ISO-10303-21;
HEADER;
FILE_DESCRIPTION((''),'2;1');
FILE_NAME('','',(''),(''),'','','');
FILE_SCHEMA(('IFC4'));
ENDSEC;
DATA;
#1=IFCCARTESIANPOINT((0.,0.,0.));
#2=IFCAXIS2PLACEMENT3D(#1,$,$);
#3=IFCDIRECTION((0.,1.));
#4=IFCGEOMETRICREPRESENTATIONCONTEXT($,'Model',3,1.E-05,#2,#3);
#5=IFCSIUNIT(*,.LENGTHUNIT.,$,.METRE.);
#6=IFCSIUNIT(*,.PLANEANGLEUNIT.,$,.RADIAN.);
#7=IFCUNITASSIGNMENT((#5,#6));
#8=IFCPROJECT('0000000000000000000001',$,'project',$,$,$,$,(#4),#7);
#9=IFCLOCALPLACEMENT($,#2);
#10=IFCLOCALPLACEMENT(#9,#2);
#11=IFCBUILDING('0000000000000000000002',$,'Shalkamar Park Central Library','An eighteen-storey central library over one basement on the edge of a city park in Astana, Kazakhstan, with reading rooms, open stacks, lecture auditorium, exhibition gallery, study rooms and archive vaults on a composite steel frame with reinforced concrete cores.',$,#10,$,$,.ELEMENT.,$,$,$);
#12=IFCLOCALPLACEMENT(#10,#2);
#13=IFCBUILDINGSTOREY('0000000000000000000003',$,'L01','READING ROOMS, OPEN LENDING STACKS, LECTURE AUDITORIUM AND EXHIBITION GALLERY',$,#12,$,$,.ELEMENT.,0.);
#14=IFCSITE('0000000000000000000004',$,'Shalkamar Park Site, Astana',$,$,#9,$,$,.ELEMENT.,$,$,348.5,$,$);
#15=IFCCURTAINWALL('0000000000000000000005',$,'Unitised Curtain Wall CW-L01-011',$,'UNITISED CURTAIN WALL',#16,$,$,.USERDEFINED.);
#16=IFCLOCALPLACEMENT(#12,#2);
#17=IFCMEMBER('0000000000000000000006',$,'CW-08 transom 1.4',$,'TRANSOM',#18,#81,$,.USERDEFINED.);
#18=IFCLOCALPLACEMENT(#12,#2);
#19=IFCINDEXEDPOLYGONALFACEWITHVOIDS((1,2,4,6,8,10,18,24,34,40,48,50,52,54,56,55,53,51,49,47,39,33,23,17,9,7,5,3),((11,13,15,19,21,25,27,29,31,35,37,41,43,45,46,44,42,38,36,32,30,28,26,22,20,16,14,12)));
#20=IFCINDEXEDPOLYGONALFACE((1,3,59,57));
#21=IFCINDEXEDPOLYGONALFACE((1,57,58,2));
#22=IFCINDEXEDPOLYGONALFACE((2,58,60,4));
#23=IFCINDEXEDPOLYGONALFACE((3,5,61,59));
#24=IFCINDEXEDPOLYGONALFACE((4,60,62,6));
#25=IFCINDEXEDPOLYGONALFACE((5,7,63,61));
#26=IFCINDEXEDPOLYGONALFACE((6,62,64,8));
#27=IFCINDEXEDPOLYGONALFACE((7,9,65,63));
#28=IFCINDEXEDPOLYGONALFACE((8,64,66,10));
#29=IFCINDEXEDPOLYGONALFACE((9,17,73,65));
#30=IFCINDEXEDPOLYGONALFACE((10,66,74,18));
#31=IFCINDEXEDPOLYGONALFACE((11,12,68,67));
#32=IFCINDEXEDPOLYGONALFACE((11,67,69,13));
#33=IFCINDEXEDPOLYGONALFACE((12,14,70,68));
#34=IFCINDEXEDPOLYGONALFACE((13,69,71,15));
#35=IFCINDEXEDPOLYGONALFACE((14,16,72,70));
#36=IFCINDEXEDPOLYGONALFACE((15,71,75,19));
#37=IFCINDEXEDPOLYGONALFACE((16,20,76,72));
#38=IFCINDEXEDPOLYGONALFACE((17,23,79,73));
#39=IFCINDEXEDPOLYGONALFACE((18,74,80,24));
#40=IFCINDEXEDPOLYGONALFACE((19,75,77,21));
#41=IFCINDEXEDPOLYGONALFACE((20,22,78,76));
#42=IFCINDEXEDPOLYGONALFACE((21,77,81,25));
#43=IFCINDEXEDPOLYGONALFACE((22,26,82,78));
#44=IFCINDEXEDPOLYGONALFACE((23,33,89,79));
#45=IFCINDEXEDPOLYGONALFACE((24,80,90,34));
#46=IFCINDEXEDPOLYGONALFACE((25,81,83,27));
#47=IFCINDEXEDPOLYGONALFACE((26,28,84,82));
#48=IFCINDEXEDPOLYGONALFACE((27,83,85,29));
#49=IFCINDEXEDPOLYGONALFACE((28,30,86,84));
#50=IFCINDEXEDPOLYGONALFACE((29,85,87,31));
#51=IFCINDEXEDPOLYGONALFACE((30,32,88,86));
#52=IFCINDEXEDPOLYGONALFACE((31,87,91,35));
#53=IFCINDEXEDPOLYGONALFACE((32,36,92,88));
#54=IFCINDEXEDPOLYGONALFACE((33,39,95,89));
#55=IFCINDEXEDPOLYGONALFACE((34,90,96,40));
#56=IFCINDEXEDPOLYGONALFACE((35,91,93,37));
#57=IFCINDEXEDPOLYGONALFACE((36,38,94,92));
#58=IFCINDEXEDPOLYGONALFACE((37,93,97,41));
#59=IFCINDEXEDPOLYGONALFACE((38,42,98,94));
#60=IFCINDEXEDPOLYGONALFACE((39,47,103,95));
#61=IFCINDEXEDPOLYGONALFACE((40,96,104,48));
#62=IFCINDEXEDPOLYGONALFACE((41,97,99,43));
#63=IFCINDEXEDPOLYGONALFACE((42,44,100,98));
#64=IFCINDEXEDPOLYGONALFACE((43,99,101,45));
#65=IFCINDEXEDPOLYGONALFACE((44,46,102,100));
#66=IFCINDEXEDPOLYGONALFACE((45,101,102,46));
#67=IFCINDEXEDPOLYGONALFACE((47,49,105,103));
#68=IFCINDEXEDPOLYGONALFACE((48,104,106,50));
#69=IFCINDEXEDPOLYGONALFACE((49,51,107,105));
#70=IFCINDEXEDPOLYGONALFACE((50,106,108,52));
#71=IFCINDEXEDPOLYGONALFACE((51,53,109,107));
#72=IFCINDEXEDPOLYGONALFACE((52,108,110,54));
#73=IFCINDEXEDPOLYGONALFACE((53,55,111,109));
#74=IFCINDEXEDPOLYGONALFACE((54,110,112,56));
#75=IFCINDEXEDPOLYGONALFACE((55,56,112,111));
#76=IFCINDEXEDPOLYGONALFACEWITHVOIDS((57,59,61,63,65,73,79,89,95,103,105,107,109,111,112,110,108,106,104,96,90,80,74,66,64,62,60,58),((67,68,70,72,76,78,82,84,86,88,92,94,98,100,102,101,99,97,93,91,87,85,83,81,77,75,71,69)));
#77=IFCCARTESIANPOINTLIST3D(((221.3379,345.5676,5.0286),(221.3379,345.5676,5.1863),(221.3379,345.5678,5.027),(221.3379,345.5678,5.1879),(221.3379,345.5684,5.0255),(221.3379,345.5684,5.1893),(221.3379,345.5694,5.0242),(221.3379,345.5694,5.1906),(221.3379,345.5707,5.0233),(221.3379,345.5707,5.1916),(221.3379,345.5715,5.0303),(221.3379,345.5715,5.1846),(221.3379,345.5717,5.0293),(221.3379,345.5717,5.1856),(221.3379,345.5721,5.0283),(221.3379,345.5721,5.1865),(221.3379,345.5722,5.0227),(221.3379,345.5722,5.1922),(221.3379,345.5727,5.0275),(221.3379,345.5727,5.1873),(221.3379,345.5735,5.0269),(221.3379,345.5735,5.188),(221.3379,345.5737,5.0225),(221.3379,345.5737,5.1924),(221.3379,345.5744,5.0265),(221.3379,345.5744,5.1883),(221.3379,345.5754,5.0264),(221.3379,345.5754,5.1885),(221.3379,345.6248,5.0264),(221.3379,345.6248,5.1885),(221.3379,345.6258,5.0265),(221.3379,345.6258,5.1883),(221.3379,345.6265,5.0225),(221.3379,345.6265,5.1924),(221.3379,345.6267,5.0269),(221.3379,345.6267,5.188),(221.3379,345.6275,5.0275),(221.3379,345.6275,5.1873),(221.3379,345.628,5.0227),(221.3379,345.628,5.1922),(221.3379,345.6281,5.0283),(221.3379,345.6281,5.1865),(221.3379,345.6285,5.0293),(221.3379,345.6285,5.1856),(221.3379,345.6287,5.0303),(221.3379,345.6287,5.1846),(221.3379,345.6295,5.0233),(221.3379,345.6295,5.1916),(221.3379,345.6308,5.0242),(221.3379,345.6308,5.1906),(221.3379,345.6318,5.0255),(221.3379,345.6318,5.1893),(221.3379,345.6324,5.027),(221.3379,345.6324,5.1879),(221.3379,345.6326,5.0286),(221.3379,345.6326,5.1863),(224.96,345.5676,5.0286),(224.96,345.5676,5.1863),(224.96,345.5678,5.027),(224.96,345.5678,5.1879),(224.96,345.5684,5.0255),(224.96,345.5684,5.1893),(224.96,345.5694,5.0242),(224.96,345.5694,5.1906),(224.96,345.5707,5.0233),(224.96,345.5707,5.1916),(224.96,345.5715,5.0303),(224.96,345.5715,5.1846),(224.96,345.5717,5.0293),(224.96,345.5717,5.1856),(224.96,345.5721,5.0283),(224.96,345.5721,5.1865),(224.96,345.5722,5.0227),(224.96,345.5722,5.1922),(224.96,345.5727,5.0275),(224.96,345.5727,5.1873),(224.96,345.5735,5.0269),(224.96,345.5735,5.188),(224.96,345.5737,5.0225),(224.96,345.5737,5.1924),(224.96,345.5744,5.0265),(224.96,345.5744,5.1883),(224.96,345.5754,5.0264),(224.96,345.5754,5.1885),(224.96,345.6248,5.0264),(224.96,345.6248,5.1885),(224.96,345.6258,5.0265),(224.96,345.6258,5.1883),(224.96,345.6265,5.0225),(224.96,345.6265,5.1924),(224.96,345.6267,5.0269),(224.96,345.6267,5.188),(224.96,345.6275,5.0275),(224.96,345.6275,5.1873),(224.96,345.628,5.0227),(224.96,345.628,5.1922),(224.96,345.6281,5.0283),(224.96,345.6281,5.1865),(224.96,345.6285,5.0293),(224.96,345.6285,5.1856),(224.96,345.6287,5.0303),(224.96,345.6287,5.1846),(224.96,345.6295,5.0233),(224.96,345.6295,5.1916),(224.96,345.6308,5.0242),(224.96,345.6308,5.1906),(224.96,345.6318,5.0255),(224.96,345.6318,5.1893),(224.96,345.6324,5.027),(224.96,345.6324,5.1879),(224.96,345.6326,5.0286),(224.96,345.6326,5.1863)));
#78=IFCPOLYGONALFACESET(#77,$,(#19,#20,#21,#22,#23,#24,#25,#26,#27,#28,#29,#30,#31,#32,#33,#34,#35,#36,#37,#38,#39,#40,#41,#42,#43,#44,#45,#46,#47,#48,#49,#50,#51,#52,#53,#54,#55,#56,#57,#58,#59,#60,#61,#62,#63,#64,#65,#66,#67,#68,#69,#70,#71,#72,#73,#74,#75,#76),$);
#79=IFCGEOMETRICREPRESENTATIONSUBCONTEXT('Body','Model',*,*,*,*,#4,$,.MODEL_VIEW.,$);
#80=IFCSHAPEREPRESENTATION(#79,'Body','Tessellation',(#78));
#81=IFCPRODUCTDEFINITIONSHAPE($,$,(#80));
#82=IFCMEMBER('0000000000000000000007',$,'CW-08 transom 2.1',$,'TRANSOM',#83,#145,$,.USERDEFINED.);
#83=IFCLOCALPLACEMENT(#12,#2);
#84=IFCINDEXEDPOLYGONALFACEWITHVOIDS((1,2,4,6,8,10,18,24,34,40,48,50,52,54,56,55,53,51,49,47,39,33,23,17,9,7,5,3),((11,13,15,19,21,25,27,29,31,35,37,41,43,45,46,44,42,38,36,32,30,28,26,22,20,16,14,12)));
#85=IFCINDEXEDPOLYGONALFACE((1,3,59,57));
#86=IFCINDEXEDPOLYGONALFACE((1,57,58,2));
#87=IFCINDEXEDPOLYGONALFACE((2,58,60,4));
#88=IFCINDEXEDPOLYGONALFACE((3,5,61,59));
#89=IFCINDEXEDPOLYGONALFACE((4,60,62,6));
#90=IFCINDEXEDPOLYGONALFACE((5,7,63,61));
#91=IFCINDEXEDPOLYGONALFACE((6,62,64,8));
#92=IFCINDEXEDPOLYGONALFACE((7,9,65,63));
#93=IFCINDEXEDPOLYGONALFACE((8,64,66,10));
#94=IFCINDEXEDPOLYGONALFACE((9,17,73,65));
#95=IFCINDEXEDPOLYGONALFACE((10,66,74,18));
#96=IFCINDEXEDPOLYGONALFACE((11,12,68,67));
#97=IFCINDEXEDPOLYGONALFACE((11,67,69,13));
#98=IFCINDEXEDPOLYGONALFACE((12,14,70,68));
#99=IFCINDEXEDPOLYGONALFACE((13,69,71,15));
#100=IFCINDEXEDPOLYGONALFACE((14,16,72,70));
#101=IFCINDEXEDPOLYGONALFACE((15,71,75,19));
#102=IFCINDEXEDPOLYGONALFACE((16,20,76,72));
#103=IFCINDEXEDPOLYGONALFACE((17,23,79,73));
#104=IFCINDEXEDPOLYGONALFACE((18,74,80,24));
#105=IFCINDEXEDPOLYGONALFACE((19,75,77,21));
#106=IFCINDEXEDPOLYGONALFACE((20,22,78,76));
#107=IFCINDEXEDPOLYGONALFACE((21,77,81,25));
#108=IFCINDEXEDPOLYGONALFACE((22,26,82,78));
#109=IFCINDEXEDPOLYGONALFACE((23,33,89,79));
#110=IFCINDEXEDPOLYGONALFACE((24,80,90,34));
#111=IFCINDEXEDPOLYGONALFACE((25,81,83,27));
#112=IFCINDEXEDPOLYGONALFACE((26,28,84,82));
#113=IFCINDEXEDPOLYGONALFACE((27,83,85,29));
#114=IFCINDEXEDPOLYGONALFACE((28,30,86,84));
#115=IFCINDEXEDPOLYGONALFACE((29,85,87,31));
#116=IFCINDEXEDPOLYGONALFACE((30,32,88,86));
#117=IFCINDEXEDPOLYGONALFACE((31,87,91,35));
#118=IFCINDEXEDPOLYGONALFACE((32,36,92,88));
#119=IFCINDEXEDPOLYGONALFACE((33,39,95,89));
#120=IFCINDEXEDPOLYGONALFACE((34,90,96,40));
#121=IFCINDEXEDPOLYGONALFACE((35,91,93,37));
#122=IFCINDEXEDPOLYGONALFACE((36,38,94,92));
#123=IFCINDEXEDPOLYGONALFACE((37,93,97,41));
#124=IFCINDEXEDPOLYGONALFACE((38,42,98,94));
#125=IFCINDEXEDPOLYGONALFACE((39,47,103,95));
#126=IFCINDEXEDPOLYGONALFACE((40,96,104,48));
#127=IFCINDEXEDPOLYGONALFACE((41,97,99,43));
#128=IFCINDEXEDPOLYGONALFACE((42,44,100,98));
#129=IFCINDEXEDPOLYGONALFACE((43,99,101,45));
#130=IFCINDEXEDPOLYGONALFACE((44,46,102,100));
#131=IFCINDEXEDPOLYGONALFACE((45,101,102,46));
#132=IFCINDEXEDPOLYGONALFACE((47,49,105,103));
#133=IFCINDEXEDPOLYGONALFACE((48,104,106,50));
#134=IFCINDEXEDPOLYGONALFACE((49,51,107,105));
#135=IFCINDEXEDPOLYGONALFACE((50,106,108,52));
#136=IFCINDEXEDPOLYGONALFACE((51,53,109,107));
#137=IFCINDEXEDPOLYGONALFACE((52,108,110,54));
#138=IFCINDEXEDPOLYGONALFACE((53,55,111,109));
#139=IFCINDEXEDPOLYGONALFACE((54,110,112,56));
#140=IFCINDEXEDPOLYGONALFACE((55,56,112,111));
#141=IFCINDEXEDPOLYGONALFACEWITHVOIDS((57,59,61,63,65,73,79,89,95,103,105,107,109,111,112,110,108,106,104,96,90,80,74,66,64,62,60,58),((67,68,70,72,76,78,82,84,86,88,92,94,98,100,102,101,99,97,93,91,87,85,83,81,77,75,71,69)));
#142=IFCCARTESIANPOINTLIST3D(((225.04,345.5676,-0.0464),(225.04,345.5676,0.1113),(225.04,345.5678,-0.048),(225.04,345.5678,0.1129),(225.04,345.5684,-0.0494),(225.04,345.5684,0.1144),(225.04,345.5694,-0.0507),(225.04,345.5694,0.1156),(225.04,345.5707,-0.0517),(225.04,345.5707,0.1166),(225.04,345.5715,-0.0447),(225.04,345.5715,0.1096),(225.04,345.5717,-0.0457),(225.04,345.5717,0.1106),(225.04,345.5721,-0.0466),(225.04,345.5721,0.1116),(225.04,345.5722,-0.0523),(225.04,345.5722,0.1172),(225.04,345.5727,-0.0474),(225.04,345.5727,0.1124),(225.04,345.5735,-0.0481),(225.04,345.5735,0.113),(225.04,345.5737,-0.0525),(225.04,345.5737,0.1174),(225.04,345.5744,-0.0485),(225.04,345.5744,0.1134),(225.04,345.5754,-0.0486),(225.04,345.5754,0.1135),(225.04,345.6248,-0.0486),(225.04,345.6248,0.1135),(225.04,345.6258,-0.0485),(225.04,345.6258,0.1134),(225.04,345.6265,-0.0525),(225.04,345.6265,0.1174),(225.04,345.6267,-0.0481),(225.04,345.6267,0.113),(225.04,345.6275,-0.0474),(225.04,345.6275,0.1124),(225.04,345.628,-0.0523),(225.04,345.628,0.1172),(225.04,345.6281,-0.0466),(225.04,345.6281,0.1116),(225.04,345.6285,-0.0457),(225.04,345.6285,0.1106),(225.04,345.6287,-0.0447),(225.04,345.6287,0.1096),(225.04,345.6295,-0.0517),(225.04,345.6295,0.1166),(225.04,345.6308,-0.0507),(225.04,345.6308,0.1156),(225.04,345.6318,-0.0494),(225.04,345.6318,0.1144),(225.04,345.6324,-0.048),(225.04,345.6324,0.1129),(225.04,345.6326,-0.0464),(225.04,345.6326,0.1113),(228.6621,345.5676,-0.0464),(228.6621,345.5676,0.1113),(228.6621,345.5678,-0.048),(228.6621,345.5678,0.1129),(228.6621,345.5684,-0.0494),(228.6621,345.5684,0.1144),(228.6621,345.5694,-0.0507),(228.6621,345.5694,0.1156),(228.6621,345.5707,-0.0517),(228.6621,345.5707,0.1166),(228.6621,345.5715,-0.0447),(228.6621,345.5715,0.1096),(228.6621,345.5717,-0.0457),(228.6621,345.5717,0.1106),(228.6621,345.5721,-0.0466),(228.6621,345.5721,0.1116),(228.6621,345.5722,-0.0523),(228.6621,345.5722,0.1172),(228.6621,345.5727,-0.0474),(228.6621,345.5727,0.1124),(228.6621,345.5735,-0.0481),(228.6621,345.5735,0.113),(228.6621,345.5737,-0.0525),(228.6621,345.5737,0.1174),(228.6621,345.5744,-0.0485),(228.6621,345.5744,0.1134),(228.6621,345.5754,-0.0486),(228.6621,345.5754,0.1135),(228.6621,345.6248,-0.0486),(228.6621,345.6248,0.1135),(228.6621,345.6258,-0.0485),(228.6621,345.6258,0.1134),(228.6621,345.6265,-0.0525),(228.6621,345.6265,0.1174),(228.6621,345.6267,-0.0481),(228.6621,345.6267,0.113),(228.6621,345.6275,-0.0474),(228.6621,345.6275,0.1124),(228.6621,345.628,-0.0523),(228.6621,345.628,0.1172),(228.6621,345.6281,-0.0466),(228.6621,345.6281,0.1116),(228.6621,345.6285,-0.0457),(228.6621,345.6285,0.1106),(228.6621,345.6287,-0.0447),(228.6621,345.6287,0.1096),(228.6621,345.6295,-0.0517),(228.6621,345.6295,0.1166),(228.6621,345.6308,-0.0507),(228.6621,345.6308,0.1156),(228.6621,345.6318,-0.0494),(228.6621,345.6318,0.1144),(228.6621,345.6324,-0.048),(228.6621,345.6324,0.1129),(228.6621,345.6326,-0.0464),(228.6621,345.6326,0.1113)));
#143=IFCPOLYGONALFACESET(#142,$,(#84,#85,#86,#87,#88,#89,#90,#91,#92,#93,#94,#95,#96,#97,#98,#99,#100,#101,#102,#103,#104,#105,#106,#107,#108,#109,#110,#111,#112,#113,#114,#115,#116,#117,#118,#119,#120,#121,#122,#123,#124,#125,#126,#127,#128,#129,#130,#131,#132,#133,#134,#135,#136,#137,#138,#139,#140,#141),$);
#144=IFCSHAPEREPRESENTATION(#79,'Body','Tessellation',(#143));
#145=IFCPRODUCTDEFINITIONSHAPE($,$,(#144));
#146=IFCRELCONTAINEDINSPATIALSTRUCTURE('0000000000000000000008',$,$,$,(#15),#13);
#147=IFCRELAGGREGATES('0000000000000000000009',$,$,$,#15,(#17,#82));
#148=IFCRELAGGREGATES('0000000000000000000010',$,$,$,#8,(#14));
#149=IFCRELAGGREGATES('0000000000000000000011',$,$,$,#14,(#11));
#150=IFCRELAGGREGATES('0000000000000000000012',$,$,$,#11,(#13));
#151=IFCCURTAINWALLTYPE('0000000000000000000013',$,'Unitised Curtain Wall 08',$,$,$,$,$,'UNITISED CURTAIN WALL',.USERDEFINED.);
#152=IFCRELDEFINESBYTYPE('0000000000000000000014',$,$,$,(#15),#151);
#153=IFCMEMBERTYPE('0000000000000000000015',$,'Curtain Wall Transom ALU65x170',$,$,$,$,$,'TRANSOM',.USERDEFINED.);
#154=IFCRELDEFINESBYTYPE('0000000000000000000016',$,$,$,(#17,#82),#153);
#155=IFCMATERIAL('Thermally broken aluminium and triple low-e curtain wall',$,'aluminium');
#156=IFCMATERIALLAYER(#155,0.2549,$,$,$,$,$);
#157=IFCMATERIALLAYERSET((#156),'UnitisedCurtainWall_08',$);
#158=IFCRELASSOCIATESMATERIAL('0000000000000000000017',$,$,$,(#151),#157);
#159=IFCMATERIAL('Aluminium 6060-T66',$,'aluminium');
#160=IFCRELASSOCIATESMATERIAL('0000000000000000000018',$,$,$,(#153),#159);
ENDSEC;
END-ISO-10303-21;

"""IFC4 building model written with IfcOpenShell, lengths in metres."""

from ifc_helpers import new_model, si_unit, direction, frame, origin, origin_2d, place, context, subcontext, project, spatial, hollow_rectangle, extrude, material, layer, layer_set, material_profile, profile_set, type_object, element, aggregate, save


model = new_model("IFC4")

# Units and contexts
model_context = context("Model", 3, precision=1e-05, world=origin(), true_north=direction((0.0, 1.0)))
body_context = subcontext(model_context, "Body", "Model", "MODEL_VIEW")
ifc_project = project(units=[si_unit("LENGTHUNIT", "METRE"), si_unit("PLANEANGLEUNIT", "RADIAN")], contexts=[model_context])

# Site, building, storey
site_placement = place(None, origin())
site = spatial("IfcSite", under=ifc_project, at=site_placement, Name="Shalkamar Park Site, Astana", CompositionType="ELEMENT", RefElevation=348.5)
building_placement = place(site_placement, origin())
building = spatial("IfcBuilding", under=site, at=building_placement, Name="Shalkamar Park Central Library", Description="An eighteen-storey central library over one basement on the edge of a city park in Astana, Kazakhstan, with reading rooms, open stacks, lecture auditorium, exhibition gallery, study rooms and archive vaults on a composite steel frame with reinforced concrete cores.", CompositionType="ELEMENT")
storey_placement = place(building_placement, origin())
storey = spatial("IfcBuildingStorey", under=building, at=storey_placement, Name="L01", Description="READING ROOMS, OPEN LENDING STACKS, LECTURE AUDITORIUM AND EXHIBITION GALLERY", CompositionType="ELEMENT", Elevation=0.0)

# Curtain wall, members
ifc_material_1 = material(Name="Thermally broken aluminium and triple low-e curtain wall", Category="aluminium")
ifc_layer_1 = layer(ifc_material_1, 0.2549)
ifc_layer_set_1 = layer_set([ifc_layer_1], Name="UnitisedCurtainWall_08")
curtain_wall_type = type_object("IfcCurtainWallType", Name="Unitised Curtain Wall 08", ElementType="UNITISED CURTAIN WALL", PredefinedType="USERDEFINED", material=ifc_layer_set_1)
curtain_wall_placement = place(storey_placement, origin())
curtain_wall = element("IfcCurtainWall", 1, at=curtain_wall_placement, inside=storey, type_object=curtain_wall_type, Name="Unitised Curtain Wall CW-L01-011", ObjectType="UNITISED CURTAIN WALL", PredefinedType="USERDEFINED")
ifc_material_2 = material(Name="Aluminium 6060-T66", Category="aluminium")
ifc_material_profile_1 = material_profile(ifc_material_2, hollow_rectangle(XDim=0.0649, YDim=0.1699, WallThickness=0.0039, InnerFilletRadius=0.0039, OuterFilletRadius=0.0061, at=origin_2d()), Name="ALU 65x170x4")
ifc_profile_set_1 = profile_set([ifc_material_profile_1], Name="Aluminium 6060-T66")
member_type_1 = type_object("IfcMemberType", Name="Curtain Wall Transom ALU65x170", ElementType="TRANSOM", PredefinedType="USERDEFINED", material=ifc_profile_set_1)
member_1_placement = place(storey_placement, frame((221.3379, 345.6001, 5.1074), z_axis=(1.0, 0.0, 0.0), x_axis=(0.0, 1.0, 0.0)))
member_1 = element("IfcMember", 2, at=member_1_placement, type_object=member_type_1, Name="CW-08 transom 1.4", ObjectType="TRANSOM", PredefinedType="USERDEFINED", context=body_context, shape_type="SweptSolid", body=[
    extrude(hollow_rectangle(XDim=0.0649, YDim=0.1699, WallThickness=0.0039, InnerFilletRadius=0.0039, OuterFilletRadius=0.0061, at=origin_2d()), origin(), (0.0, 0.0, 1.0), 3.6221),
])
member_2_placement = place(storey_placement, frame((225.04, 345.6001, 0.0325), z_axis=(1.0, 0.0, 0.0), x_axis=(0.0, 1.0, 0.0)))
member_2 = element("IfcMember", 3, at=member_2_placement, type_object=member_type_1, Name="CW-08 transom 2.1", ObjectType="TRANSOM", PredefinedType="USERDEFINED", context=body_context, shape_type="SweptSolid", body=[
    extrude(hollow_rectangle(XDim=0.0649, YDim=0.1699, WallThickness=0.0039, InnerFilletRadius=0.0039, OuterFilletRadius=0.0061, at=origin_2d()), origin(), (0.0, 0.0, 1.0), 3.6221),
])

aggregate(curtain_wall, [member_1, member_2])

save(model, "model.ifc")
